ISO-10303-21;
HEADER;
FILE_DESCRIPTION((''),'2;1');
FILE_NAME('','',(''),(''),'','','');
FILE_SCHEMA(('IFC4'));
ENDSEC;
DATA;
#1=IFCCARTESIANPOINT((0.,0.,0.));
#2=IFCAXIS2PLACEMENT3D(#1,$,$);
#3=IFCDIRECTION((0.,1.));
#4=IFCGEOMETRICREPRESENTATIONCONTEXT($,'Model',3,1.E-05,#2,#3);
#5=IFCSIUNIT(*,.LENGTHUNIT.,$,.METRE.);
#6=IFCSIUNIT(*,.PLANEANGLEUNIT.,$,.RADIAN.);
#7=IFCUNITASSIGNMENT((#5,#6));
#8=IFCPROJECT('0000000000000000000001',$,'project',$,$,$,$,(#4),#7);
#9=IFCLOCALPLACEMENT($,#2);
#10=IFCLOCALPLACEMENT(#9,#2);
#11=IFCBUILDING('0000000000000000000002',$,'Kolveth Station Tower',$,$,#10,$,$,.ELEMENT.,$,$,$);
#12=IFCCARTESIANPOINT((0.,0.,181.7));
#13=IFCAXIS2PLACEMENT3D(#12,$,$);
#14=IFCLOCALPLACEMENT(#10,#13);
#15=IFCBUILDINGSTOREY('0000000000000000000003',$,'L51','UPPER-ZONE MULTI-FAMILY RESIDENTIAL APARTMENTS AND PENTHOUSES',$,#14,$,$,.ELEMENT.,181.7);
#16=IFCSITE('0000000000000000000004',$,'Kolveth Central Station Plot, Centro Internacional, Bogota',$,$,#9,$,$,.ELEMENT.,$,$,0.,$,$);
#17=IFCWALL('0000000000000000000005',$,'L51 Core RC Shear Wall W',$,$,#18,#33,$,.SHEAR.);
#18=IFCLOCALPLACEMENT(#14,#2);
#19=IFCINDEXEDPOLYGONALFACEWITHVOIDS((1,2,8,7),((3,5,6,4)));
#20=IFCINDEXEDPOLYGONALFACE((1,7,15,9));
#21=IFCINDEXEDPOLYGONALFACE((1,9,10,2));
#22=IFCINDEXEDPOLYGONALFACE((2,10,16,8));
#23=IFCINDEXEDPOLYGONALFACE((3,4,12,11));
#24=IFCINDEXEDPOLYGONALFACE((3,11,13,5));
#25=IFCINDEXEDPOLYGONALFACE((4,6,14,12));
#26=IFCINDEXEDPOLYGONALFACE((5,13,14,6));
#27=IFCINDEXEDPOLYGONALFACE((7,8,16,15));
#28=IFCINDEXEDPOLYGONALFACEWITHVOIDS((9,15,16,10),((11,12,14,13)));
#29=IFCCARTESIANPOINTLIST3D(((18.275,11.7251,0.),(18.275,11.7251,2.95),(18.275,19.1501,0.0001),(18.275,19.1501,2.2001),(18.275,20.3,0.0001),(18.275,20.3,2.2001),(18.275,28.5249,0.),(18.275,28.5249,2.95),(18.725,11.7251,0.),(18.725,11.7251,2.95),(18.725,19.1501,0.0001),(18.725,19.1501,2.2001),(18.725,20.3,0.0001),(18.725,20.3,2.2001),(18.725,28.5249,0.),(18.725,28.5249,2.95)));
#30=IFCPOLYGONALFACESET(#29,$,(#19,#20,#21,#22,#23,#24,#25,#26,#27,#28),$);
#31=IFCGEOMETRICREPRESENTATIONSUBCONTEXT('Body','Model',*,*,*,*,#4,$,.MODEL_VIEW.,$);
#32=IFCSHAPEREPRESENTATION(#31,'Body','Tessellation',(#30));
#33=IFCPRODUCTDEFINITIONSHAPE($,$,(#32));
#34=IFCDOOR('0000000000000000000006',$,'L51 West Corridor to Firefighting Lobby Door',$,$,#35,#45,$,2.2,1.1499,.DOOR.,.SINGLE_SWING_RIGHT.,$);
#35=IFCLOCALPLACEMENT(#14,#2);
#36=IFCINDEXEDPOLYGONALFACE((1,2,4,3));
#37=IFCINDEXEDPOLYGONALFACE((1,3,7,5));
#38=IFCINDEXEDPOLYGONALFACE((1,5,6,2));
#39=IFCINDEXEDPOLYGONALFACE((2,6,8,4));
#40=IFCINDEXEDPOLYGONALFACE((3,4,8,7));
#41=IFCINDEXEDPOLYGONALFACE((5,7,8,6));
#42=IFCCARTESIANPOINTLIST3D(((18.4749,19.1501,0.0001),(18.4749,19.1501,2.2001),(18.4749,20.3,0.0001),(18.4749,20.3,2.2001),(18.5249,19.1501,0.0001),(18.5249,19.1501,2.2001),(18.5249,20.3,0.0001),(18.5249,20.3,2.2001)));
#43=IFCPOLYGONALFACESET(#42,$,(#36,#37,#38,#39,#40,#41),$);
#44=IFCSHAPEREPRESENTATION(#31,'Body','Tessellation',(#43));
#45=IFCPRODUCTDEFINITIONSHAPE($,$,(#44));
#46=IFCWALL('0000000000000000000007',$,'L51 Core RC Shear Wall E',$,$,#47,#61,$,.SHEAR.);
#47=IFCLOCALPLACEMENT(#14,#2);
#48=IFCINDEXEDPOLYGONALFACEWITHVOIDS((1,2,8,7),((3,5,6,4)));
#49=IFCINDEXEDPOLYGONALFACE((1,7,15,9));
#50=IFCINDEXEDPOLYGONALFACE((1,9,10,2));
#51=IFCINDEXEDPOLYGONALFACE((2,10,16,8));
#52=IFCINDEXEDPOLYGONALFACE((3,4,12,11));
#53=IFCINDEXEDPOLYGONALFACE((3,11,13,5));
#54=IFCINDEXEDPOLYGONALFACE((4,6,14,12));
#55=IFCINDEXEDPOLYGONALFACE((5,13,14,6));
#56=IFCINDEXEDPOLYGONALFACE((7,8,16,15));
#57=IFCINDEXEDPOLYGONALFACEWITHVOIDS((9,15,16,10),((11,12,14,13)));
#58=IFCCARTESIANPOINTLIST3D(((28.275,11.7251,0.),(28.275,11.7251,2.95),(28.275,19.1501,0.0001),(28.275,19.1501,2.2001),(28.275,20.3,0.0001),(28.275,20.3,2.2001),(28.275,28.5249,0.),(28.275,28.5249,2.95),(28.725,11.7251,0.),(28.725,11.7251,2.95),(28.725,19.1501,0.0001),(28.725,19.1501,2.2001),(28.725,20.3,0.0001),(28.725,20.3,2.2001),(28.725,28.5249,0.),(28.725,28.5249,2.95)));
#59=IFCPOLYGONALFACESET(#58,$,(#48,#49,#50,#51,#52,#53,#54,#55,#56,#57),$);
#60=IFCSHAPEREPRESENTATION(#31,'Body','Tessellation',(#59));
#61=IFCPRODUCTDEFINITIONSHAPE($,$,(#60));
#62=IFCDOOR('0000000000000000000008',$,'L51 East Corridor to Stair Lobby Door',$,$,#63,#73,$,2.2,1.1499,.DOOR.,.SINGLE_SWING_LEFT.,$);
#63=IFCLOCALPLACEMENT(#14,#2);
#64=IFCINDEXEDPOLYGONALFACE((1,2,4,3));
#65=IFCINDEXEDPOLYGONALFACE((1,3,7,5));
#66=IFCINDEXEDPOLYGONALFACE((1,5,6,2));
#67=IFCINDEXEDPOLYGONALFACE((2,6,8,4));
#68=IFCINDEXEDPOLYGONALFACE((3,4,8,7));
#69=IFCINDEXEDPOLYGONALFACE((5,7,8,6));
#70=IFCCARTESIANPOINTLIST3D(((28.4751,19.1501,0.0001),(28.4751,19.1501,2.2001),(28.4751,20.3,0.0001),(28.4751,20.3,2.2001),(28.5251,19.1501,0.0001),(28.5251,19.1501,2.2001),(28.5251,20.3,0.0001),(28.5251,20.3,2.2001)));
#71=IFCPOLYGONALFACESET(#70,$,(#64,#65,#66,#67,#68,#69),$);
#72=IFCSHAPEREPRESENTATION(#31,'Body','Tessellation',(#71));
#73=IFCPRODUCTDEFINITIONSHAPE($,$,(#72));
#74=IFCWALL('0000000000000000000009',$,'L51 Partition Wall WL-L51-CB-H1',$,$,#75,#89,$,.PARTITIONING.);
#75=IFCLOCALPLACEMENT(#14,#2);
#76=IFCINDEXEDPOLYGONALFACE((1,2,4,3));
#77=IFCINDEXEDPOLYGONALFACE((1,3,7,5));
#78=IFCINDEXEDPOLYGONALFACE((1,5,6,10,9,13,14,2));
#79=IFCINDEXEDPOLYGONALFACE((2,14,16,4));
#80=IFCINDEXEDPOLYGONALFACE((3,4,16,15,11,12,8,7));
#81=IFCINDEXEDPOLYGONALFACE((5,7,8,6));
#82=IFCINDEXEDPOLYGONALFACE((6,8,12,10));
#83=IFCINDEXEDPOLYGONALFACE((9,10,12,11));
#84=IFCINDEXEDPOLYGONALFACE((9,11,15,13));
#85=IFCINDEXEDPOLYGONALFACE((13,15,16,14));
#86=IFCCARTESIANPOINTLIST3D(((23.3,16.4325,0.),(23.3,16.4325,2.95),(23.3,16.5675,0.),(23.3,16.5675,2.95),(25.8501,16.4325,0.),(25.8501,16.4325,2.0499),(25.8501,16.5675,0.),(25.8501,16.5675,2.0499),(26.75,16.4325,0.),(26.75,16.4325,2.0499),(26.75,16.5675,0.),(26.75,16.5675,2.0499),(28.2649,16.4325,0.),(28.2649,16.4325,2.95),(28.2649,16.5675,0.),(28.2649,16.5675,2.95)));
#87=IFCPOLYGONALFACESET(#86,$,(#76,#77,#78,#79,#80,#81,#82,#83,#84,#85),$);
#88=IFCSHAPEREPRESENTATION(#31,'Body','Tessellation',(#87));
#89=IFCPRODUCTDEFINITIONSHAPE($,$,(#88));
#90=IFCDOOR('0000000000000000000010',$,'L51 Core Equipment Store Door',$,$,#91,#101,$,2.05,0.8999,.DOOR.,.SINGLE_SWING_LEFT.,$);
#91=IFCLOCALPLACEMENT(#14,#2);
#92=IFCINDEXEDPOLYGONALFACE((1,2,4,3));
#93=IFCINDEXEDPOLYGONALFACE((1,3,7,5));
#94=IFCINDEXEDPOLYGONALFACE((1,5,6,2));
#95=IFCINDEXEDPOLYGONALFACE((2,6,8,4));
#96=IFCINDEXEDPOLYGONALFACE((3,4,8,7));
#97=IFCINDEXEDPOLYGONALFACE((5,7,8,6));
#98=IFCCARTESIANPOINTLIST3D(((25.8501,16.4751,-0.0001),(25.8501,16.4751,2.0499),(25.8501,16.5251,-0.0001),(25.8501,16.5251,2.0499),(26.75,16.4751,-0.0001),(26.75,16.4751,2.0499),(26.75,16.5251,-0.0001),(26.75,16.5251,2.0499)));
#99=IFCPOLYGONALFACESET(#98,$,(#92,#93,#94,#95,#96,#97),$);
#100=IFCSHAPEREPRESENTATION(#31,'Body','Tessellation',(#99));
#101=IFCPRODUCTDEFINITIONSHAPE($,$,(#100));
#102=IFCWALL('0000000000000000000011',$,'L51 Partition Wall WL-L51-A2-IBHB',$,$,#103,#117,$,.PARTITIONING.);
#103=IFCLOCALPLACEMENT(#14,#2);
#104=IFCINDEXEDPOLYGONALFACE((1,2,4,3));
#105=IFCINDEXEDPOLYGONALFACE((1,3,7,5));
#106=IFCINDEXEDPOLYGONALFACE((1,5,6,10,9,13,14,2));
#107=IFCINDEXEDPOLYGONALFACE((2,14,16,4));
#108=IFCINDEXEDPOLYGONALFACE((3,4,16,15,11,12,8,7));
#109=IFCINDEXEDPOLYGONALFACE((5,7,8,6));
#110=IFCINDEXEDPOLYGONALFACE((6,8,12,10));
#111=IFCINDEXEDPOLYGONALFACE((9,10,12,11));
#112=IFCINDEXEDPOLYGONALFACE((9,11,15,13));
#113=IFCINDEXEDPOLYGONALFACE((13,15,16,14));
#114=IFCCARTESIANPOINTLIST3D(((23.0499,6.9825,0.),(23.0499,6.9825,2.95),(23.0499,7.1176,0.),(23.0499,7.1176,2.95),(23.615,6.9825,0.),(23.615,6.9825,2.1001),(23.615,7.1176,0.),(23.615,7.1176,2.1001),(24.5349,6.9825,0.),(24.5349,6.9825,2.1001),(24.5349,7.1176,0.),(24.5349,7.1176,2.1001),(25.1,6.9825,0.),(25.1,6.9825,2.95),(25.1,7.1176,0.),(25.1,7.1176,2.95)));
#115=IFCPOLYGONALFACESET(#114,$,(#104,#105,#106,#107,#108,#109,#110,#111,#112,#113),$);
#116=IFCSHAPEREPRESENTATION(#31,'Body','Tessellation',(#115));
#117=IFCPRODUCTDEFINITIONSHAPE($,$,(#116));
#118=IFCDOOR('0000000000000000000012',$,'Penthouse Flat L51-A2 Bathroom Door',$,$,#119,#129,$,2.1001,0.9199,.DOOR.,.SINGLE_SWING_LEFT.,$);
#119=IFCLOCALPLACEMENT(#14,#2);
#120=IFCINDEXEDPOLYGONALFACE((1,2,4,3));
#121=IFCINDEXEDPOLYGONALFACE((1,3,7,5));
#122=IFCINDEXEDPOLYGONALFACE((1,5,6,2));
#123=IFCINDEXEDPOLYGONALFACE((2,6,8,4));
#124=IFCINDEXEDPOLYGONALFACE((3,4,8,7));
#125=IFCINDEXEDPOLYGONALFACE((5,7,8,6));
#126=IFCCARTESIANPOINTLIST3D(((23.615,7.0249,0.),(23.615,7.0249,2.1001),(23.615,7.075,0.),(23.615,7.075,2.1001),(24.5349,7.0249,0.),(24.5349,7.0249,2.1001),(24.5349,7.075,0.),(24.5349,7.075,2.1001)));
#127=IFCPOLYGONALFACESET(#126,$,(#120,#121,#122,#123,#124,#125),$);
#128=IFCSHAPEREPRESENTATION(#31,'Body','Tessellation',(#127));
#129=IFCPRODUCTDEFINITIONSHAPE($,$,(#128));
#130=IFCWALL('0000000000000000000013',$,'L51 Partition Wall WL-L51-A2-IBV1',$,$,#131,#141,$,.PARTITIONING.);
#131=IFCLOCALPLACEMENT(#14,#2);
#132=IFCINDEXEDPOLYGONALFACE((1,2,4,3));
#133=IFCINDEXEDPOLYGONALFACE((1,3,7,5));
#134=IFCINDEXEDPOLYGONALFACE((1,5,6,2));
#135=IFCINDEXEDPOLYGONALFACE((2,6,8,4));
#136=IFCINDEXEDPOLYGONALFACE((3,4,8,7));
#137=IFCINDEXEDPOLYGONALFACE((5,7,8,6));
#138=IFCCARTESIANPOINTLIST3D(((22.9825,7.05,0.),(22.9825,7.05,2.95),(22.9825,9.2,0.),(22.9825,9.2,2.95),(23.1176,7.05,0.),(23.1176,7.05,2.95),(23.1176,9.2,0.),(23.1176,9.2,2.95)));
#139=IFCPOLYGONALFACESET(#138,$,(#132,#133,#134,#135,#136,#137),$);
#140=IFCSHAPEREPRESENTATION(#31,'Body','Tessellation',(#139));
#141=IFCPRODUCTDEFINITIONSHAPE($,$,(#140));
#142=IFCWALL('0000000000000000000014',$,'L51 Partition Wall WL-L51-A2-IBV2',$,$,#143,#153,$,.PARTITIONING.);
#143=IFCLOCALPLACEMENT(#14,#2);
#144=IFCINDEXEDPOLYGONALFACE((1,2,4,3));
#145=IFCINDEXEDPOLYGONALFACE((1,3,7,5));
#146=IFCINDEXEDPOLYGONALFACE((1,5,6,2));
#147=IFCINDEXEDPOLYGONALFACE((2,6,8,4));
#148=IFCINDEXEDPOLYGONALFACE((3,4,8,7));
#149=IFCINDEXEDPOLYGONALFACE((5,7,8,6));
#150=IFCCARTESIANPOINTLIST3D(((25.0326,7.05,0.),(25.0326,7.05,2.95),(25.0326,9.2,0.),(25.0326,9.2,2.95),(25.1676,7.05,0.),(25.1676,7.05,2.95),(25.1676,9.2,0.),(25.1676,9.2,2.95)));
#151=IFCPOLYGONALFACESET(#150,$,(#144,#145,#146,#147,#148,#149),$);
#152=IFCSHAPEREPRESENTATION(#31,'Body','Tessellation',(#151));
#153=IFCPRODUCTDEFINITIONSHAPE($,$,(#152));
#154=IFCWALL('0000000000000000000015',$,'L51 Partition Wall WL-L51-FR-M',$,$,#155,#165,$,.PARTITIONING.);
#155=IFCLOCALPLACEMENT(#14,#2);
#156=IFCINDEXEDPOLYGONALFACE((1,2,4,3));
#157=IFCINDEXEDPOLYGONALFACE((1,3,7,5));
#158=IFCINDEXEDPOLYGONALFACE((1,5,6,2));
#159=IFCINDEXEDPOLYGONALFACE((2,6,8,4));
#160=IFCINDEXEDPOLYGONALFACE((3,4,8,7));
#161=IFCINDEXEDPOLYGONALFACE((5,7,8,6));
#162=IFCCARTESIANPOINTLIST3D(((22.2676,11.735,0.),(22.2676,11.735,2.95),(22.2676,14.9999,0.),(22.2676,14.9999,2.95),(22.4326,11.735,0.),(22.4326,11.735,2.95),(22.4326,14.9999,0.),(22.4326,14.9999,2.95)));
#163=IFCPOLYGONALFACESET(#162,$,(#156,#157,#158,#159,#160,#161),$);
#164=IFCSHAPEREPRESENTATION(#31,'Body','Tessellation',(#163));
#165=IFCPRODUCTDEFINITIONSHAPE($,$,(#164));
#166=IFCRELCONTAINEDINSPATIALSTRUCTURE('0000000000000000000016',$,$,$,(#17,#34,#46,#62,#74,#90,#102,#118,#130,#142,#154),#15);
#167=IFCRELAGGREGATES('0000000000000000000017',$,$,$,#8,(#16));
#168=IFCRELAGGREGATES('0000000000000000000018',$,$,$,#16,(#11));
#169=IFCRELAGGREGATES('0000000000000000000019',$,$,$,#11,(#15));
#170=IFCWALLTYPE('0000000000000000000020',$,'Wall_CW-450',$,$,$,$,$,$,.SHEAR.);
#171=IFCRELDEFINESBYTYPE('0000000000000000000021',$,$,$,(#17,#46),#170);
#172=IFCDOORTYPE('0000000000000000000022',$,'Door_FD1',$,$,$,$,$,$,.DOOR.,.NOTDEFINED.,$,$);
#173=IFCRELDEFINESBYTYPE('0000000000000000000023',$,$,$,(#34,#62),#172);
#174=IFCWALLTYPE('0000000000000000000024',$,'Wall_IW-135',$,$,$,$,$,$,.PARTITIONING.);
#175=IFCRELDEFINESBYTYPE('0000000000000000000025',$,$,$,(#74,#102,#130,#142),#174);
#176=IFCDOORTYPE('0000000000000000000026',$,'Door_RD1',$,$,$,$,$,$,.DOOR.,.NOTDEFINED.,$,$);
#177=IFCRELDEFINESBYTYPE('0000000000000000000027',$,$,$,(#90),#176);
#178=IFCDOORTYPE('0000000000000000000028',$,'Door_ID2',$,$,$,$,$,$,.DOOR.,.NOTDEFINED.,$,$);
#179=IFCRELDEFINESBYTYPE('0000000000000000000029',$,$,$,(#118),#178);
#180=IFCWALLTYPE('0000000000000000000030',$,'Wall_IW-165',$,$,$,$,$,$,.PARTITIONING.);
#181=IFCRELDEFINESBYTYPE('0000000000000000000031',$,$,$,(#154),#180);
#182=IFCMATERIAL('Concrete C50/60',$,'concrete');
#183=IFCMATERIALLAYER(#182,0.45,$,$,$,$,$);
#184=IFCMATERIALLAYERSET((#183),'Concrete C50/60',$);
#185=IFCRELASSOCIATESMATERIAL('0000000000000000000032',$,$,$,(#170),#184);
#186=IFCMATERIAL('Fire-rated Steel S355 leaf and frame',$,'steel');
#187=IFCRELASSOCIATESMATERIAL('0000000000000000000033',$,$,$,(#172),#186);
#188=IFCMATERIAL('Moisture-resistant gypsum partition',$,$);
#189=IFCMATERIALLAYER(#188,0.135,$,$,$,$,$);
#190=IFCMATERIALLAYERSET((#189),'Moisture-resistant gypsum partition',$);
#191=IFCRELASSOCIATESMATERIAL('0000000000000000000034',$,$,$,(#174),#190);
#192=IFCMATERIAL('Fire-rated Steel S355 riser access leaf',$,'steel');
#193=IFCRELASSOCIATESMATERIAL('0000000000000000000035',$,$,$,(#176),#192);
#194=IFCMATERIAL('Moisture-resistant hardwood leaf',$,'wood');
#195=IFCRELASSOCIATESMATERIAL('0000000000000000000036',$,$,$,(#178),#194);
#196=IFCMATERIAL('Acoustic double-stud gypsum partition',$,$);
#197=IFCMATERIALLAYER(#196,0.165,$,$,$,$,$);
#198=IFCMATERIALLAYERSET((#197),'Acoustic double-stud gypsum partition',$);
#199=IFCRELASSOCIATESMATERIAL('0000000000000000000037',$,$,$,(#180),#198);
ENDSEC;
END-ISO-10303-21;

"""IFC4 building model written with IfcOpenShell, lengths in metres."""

from ifc_helpers import new_model, si_unit, direction, frame, frame_2d, origin, place, context, subcontext, project, spatial, rectangle, extrude, material, layer, layer_set, type_object, element, fill, save


model = new_model("IFC4")

# Units and contexts
model_context = context("Model", 3, precision=1e-05, world=origin(), true_north=direction((0.0, 1.0)))
body_context = subcontext(model_context, "Body", "Model", "MODEL_VIEW")
ifc_project = project(units=[si_unit("LENGTHUNIT", "METRE"), si_unit("PLANEANGLEUNIT", "RADIAN")], contexts=[model_context])

# Site, building, storey
site_placement = place(None, origin())
site = spatial("IfcSite", under=ifc_project, at=site_placement, Name="Kolveth Central Station Plot, Centro Internacional, Bogota", CompositionType="ELEMENT", RefElevation=0.0)
building_placement = place(site_placement, origin())
building = spatial("IfcBuilding", under=site, at=building_placement, Name="Kolveth Station Tower", CompositionType="ELEMENT")
storey_placement = place(building_placement, frame((0.0, 0.0, 181.7)))
storey = spatial("IfcBuildingStorey", under=building, at=storey_placement, Name="L51", Description="UPPER-ZONE MULTI-FAMILY RESIDENTIAL APARTMENTS AND PENTHOUSES", CompositionType="ELEMENT", Elevation=181.7)

# Walls, openings, doors
ifc_material_1 = material(Name="Concrete C50/60", Category="concrete")
ifc_layer_1 = layer(ifc_material_1, 0.45)
ifc_layer_set_1 = layer_set([ifc_layer_1], Name="Concrete C50/60")
wall_type_1 = type_object("IfcWallType", Name="Wall_CW-450", PredefinedType="SHEAR", material=ifc_layer_set_1)
wall_1_placement = place(storey_placement, frame((18.5, 11.7251, 0.0), z_axis=(0.0, 0.0, 1.0), x_axis=(0.0, 1.0, 0.0)))
wall_1 = element("IfcWall", 1, at=wall_1_placement, inside=storey, type_object=wall_type_1, Name="L51 Core RC Shear Wall W", PredefinedType="SHEAR", context=body_context, shape_type="SweptSolid", body=[
    extrude(rectangle(XDim=16.7998, YDim=0.45, at=frame_2d((8.3999, 0.0))), origin(), (0.0, 0.0, 1.0), 2.95),
])
opening_1_placement = place(wall_1_placement, frame((7.425, 0.0, 0.0)))
opening_1 = element("IfcOpeningElement", 2, at=opening_1_placement, cuts=wall_1, PredefinedType="OPENING", context=body_context, shape_type="SweptSolid", body=[
    extrude(rectangle(XDim=1.1499, YDim=2.2, at=frame_2d((0.575, 1.1001))), frame((0.0, 0.2349, 0.0), z_axis=(0.0, -1.0, 0.0), x_axis=(1.0, 0.0, 0.0)), (0.0, 0.0, 1.0), 0.47),
])
ifc_material_2 = material(Name="Fire-rated Steel S355 leaf and frame", Category="steel")
door_type_1 = type_object("IfcDoorType", Name="Door_FD1", OperationType="NOTDEFINED", PredefinedType="DOOR", material=ifc_material_2)
door_1_placement = place(opening_1_placement, frame((1.1499, 0.0, 0.0), z_axis=(0.0, 0.0, 1.0), x_axis=(-1.0, 0.0, 0.0)))
door_1 = element("IfcDoor", 3, at=door_1_placement, inside=storey, type_object=door_type_1, Name="L51 West Corridor to Firefighting Lobby Door", OperationType="SINGLE_SWING_RIGHT", OverallHeight=2.2, OverallWidth=1.1499, PredefinedType="DOOR", context=body_context, shape_type="SweptSolid", body=[
    extrude(rectangle(XDim=1.1499, YDim=2.2, at=frame_2d((0.575, 1.1001))), frame((0.0, 0.0249, 0.0), z_axis=(0.0, -1.0, 0.0), x_axis=(1.0, 0.0, 0.0)), (0.0, 0.0, 1.0), 0.05),
])
fill(opening_1, door_1)
wall_2_placement = place(storey_placement, frame((28.5, 11.7251, 0.0), z_axis=(0.0, 0.0, 1.0), x_axis=(0.0, 1.0, 0.0)))
wall_2 = element("IfcWall", 4, at=wall_2_placement, inside=storey, type_object=wall_type_1, Name="L51 Core RC Shear Wall E", PredefinedType="SHEAR", context=body_context, shape_type="SweptSolid", body=[
    extrude(rectangle(XDim=16.7998, YDim=0.45, at=frame_2d((8.3999, 0.0))), origin(), (0.0, 0.0, 1.0), 2.95),
])
opening_2_placement = place(wall_2_placement, frame((7.425, 0.0, 0.0)))
opening_2 = element("IfcOpeningElement", 5, at=opening_2_placement, cuts=wall_2, PredefinedType="OPENING", context=body_context, shape_type="SweptSolid", body=[
    extrude(rectangle(XDim=1.1499, YDim=2.2, at=frame_2d((0.575, 1.1001))), frame((0.0, 0.2349, 0.0), z_axis=(0.0, -1.0, 0.0), x_axis=(1.0, 0.0, 0.0)), (0.0, 0.0, 1.0), 0.47),
])
door_2_placement = place(opening_2_placement, origin())
door_2 = element("IfcDoor", 6, at=door_2_placement, inside=storey, type_object=door_type_1, Name="L51 East Corridor to Stair Lobby Door", OperationType="SINGLE_SWING_LEFT", OverallHeight=2.2, OverallWidth=1.1499, PredefinedType="DOOR", context=body_context, shape_type="SweptSolid", body=[
    extrude(rectangle(XDim=1.1499, YDim=2.2, at=frame_2d((0.575, 1.1001))), frame((0.0, 0.0249, 0.0), z_axis=(0.0, -1.0, 0.0), x_axis=(1.0, 0.0, 0.0)), (0.0, 0.0, 1.0), 0.05),
])
fill(opening_2, door_2)
ifc_material_3 = material(Name="Moisture-resistant gypsum partition")
ifc_layer_2 = layer(ifc_material_3, 0.135)
ifc_layer_set_2 = layer_set([ifc_layer_2], Name="Moisture-resistant gypsum partition")
wall_type_2 = type_object("IfcWallType", Name="Wall_IW-135", PredefinedType="PARTITIONING", material=ifc_layer_set_2)
wall_3_placement = place(storey_placement, frame((23.3, 16.5, 0.0), z_axis=(0.0, 0.0, 1.0), x_axis=(1.0, 0.0, 0.0)))
wall_3 = element("IfcWall", 7, at=wall_3_placement, inside=storey, type_object=wall_type_2, Name="L51 Partition Wall WL-L51-CB-H1", PredefinedType="PARTITIONING", context=body_context, shape_type="SweptSolid", body=[
    extrude(rectangle(XDim=4.9648, YDim=0.135, at=frame_2d((2.4824, 0.0))), origin(), (0.0, 0.0, 1.0), 2.95),
])
opening_3_placement = place(wall_3_placement, frame((2.55, 0.0, 0.0)))
opening_3 = element("IfcOpeningElement", 8, at=opening_3_placement, cuts=wall_3, PredefinedType="OPENING", context=body_context, shape_type="SweptSolid", body=[
    extrude(rectangle(XDim=0.8999, YDim=2.05, at=frame_2d((0.45, 1.0249))), frame((0.0, 0.0774, 0.0), z_axis=(0.0, -1.0, 0.0), x_axis=(1.0, 0.0, 0.0)), (0.0, 0.0, 1.0), 0.155),
])
ifc_material_4 = material(Name="Fire-rated Steel S355 riser access leaf", Category="steel")
door_type_2 = type_object("IfcDoorType", Name="Door_RD1", OperationType="NOTDEFINED", PredefinedType="DOOR", material=ifc_material_4)
door_3_placement = place(opening_3_placement, frame((0.8999, 0.0, 0.0), z_axis=(0.0, 0.0, 1.0), x_axis=(-1.0, 0.0, 0.0)))
door_3 = element("IfcDoor", 9, at=door_3_placement, inside=storey, type_object=door_type_2, Name="L51 Core Equipment Store Door", OperationType="SINGLE_SWING_LEFT", OverallHeight=2.05, OverallWidth=0.8999, PredefinedType="DOOR", context=body_context, shape_type="SweptSolid", body=[
    extrude(rectangle(XDim=0.8999, YDim=2.05, at=frame_2d((0.45, 1.0249))), frame((0.0, 0.0249, 0.0), z_axis=(0.0, -1.0, 0.0), x_axis=(1.0, 0.0, 0.0)), (0.0, 0.0, 1.0), 0.05),
])
fill(opening_3, door_3)
wall_4_placement = place(storey_placement, frame((23.05, 7.05, 0.0), z_axis=(0.0, 0.0, 1.0), x_axis=(1.0, 0.0, 0.0)))
wall_4 = element("IfcWall", 10, at=wall_4_placement, inside=storey, type_object=wall_type_2, Name="L51 Partition Wall WL-L51-A2-IBHB", PredefinedType="PARTITIONING", context=body_context, shape_type="SweptSolid", body=[
    extrude(rectangle(XDim=2.05, YDim=0.135, at=frame_2d((1.0249, 0.0))), origin(), (0.0, 0.0, 1.0), 2.95),
])
opening_4_placement = place(wall_4_placement, frame((0.5649, 0.0, 0.0)))
opening_4 = element("IfcOpeningElement", 11, at=opening_4_placement, cuts=wall_4, PredefinedType="OPENING", context=body_context, shape_type="SweptSolid", body=[
    extrude(rectangle(XDim=0.9199, YDim=2.1001, at=frame_2d((0.46, 1.05))), frame((0.0, 0.0774, 0.0), z_axis=(0.0, -1.0, 0.0), x_axis=(1.0, 0.0, 0.0)), (0.0, 0.0, 1.0), 0.155),
])
ifc_material_5 = material(Name="Moisture-resistant hardwood leaf", Category="wood")
door_type_3 = type_object("IfcDoorType", Name="Door_ID2", OperationType="NOTDEFINED", PredefinedType="DOOR", material=ifc_material_5)
door_4_placement = place(opening_4_placement, origin())
door_4 = element("IfcDoor", 12, at=door_4_placement, inside=storey, type_object=door_type_3, Name="Penthouse Flat L51-A2 Bathroom Door", OperationType="SINGLE_SWING_LEFT", OverallHeight=2.1001, OverallWidth=0.9199, PredefinedType="DOOR", context=body_context, shape_type="SweptSolid", body=[
    extrude(rectangle(XDim=0.9199, YDim=2.1001, at=frame_2d((0.46, 1.05))), frame((0.0, 0.0249, 0.0), z_axis=(0.0, -1.0, 0.0), x_axis=(1.0, 0.0, 0.0)), (0.0, 0.0, 1.0), 0.05),
])
fill(opening_4, door_4)

# Walls
for number, where, z_axis, x_axis, name in (
    (13, (23.05, 7.05, 0.0), (0.0, 0.0, 1.0), (0.0, 1.0, 0.0), "L51 Partition Wall WL-L51-A2-IBV1"),
    (14, (25.1001, 7.05, 0.0), (0.0, 0.0, 1.0), (0.0, 1.0, 0.0), "L51 Partition Wall WL-L51-A2-IBV2"),
):
    element("IfcWall", number, at=place(storey_placement, frame(where, z_axis=z_axis, x_axis=x_axis)), inside=storey, type_object=wall_type_2, Name=name, PredefinedType="PARTITIONING", context=body_context, shape_type="SweptSolid", body=[
        extrude(rectangle(XDim=2.1499, YDim=0.135, at=frame_2d((1.075, 0.0))), origin(), (0.0, 0.0, 1.0), 2.95),
    ])
ifc_material_6 = material(Name="Acoustic double-stud gypsum partition")
ifc_layer_3 = layer(ifc_material_6, 0.165)
ifc_layer_set_3 = layer_set([ifc_layer_3], Name="Acoustic double-stud gypsum partition")
wall_type_3 = type_object("IfcWallType", Name="Wall_IW-165", PredefinedType="PARTITIONING", material=ifc_layer_set_3)
wall_5_placement = place(storey_placement, frame((22.3501, 11.7351, 0.0), z_axis=(0.0, 0.0, 1.0), x_axis=(0.0, 1.0, 0.0)))
element("IfcWall", 15, at=wall_5_placement, inside=storey, type_object=wall_type_3, Name="L51 Partition Wall WL-L51-FR-M", PredefinedType="PARTITIONING", context=body_context, shape_type="SweptSolid", body=[
    extrude(rectangle(XDim=3.2649, YDim=0.165, at=frame_2d((1.6323, 0.0))), origin(), (0.0, 0.0, 1.0), 2.95),
])

save(model, "model.ifc")
